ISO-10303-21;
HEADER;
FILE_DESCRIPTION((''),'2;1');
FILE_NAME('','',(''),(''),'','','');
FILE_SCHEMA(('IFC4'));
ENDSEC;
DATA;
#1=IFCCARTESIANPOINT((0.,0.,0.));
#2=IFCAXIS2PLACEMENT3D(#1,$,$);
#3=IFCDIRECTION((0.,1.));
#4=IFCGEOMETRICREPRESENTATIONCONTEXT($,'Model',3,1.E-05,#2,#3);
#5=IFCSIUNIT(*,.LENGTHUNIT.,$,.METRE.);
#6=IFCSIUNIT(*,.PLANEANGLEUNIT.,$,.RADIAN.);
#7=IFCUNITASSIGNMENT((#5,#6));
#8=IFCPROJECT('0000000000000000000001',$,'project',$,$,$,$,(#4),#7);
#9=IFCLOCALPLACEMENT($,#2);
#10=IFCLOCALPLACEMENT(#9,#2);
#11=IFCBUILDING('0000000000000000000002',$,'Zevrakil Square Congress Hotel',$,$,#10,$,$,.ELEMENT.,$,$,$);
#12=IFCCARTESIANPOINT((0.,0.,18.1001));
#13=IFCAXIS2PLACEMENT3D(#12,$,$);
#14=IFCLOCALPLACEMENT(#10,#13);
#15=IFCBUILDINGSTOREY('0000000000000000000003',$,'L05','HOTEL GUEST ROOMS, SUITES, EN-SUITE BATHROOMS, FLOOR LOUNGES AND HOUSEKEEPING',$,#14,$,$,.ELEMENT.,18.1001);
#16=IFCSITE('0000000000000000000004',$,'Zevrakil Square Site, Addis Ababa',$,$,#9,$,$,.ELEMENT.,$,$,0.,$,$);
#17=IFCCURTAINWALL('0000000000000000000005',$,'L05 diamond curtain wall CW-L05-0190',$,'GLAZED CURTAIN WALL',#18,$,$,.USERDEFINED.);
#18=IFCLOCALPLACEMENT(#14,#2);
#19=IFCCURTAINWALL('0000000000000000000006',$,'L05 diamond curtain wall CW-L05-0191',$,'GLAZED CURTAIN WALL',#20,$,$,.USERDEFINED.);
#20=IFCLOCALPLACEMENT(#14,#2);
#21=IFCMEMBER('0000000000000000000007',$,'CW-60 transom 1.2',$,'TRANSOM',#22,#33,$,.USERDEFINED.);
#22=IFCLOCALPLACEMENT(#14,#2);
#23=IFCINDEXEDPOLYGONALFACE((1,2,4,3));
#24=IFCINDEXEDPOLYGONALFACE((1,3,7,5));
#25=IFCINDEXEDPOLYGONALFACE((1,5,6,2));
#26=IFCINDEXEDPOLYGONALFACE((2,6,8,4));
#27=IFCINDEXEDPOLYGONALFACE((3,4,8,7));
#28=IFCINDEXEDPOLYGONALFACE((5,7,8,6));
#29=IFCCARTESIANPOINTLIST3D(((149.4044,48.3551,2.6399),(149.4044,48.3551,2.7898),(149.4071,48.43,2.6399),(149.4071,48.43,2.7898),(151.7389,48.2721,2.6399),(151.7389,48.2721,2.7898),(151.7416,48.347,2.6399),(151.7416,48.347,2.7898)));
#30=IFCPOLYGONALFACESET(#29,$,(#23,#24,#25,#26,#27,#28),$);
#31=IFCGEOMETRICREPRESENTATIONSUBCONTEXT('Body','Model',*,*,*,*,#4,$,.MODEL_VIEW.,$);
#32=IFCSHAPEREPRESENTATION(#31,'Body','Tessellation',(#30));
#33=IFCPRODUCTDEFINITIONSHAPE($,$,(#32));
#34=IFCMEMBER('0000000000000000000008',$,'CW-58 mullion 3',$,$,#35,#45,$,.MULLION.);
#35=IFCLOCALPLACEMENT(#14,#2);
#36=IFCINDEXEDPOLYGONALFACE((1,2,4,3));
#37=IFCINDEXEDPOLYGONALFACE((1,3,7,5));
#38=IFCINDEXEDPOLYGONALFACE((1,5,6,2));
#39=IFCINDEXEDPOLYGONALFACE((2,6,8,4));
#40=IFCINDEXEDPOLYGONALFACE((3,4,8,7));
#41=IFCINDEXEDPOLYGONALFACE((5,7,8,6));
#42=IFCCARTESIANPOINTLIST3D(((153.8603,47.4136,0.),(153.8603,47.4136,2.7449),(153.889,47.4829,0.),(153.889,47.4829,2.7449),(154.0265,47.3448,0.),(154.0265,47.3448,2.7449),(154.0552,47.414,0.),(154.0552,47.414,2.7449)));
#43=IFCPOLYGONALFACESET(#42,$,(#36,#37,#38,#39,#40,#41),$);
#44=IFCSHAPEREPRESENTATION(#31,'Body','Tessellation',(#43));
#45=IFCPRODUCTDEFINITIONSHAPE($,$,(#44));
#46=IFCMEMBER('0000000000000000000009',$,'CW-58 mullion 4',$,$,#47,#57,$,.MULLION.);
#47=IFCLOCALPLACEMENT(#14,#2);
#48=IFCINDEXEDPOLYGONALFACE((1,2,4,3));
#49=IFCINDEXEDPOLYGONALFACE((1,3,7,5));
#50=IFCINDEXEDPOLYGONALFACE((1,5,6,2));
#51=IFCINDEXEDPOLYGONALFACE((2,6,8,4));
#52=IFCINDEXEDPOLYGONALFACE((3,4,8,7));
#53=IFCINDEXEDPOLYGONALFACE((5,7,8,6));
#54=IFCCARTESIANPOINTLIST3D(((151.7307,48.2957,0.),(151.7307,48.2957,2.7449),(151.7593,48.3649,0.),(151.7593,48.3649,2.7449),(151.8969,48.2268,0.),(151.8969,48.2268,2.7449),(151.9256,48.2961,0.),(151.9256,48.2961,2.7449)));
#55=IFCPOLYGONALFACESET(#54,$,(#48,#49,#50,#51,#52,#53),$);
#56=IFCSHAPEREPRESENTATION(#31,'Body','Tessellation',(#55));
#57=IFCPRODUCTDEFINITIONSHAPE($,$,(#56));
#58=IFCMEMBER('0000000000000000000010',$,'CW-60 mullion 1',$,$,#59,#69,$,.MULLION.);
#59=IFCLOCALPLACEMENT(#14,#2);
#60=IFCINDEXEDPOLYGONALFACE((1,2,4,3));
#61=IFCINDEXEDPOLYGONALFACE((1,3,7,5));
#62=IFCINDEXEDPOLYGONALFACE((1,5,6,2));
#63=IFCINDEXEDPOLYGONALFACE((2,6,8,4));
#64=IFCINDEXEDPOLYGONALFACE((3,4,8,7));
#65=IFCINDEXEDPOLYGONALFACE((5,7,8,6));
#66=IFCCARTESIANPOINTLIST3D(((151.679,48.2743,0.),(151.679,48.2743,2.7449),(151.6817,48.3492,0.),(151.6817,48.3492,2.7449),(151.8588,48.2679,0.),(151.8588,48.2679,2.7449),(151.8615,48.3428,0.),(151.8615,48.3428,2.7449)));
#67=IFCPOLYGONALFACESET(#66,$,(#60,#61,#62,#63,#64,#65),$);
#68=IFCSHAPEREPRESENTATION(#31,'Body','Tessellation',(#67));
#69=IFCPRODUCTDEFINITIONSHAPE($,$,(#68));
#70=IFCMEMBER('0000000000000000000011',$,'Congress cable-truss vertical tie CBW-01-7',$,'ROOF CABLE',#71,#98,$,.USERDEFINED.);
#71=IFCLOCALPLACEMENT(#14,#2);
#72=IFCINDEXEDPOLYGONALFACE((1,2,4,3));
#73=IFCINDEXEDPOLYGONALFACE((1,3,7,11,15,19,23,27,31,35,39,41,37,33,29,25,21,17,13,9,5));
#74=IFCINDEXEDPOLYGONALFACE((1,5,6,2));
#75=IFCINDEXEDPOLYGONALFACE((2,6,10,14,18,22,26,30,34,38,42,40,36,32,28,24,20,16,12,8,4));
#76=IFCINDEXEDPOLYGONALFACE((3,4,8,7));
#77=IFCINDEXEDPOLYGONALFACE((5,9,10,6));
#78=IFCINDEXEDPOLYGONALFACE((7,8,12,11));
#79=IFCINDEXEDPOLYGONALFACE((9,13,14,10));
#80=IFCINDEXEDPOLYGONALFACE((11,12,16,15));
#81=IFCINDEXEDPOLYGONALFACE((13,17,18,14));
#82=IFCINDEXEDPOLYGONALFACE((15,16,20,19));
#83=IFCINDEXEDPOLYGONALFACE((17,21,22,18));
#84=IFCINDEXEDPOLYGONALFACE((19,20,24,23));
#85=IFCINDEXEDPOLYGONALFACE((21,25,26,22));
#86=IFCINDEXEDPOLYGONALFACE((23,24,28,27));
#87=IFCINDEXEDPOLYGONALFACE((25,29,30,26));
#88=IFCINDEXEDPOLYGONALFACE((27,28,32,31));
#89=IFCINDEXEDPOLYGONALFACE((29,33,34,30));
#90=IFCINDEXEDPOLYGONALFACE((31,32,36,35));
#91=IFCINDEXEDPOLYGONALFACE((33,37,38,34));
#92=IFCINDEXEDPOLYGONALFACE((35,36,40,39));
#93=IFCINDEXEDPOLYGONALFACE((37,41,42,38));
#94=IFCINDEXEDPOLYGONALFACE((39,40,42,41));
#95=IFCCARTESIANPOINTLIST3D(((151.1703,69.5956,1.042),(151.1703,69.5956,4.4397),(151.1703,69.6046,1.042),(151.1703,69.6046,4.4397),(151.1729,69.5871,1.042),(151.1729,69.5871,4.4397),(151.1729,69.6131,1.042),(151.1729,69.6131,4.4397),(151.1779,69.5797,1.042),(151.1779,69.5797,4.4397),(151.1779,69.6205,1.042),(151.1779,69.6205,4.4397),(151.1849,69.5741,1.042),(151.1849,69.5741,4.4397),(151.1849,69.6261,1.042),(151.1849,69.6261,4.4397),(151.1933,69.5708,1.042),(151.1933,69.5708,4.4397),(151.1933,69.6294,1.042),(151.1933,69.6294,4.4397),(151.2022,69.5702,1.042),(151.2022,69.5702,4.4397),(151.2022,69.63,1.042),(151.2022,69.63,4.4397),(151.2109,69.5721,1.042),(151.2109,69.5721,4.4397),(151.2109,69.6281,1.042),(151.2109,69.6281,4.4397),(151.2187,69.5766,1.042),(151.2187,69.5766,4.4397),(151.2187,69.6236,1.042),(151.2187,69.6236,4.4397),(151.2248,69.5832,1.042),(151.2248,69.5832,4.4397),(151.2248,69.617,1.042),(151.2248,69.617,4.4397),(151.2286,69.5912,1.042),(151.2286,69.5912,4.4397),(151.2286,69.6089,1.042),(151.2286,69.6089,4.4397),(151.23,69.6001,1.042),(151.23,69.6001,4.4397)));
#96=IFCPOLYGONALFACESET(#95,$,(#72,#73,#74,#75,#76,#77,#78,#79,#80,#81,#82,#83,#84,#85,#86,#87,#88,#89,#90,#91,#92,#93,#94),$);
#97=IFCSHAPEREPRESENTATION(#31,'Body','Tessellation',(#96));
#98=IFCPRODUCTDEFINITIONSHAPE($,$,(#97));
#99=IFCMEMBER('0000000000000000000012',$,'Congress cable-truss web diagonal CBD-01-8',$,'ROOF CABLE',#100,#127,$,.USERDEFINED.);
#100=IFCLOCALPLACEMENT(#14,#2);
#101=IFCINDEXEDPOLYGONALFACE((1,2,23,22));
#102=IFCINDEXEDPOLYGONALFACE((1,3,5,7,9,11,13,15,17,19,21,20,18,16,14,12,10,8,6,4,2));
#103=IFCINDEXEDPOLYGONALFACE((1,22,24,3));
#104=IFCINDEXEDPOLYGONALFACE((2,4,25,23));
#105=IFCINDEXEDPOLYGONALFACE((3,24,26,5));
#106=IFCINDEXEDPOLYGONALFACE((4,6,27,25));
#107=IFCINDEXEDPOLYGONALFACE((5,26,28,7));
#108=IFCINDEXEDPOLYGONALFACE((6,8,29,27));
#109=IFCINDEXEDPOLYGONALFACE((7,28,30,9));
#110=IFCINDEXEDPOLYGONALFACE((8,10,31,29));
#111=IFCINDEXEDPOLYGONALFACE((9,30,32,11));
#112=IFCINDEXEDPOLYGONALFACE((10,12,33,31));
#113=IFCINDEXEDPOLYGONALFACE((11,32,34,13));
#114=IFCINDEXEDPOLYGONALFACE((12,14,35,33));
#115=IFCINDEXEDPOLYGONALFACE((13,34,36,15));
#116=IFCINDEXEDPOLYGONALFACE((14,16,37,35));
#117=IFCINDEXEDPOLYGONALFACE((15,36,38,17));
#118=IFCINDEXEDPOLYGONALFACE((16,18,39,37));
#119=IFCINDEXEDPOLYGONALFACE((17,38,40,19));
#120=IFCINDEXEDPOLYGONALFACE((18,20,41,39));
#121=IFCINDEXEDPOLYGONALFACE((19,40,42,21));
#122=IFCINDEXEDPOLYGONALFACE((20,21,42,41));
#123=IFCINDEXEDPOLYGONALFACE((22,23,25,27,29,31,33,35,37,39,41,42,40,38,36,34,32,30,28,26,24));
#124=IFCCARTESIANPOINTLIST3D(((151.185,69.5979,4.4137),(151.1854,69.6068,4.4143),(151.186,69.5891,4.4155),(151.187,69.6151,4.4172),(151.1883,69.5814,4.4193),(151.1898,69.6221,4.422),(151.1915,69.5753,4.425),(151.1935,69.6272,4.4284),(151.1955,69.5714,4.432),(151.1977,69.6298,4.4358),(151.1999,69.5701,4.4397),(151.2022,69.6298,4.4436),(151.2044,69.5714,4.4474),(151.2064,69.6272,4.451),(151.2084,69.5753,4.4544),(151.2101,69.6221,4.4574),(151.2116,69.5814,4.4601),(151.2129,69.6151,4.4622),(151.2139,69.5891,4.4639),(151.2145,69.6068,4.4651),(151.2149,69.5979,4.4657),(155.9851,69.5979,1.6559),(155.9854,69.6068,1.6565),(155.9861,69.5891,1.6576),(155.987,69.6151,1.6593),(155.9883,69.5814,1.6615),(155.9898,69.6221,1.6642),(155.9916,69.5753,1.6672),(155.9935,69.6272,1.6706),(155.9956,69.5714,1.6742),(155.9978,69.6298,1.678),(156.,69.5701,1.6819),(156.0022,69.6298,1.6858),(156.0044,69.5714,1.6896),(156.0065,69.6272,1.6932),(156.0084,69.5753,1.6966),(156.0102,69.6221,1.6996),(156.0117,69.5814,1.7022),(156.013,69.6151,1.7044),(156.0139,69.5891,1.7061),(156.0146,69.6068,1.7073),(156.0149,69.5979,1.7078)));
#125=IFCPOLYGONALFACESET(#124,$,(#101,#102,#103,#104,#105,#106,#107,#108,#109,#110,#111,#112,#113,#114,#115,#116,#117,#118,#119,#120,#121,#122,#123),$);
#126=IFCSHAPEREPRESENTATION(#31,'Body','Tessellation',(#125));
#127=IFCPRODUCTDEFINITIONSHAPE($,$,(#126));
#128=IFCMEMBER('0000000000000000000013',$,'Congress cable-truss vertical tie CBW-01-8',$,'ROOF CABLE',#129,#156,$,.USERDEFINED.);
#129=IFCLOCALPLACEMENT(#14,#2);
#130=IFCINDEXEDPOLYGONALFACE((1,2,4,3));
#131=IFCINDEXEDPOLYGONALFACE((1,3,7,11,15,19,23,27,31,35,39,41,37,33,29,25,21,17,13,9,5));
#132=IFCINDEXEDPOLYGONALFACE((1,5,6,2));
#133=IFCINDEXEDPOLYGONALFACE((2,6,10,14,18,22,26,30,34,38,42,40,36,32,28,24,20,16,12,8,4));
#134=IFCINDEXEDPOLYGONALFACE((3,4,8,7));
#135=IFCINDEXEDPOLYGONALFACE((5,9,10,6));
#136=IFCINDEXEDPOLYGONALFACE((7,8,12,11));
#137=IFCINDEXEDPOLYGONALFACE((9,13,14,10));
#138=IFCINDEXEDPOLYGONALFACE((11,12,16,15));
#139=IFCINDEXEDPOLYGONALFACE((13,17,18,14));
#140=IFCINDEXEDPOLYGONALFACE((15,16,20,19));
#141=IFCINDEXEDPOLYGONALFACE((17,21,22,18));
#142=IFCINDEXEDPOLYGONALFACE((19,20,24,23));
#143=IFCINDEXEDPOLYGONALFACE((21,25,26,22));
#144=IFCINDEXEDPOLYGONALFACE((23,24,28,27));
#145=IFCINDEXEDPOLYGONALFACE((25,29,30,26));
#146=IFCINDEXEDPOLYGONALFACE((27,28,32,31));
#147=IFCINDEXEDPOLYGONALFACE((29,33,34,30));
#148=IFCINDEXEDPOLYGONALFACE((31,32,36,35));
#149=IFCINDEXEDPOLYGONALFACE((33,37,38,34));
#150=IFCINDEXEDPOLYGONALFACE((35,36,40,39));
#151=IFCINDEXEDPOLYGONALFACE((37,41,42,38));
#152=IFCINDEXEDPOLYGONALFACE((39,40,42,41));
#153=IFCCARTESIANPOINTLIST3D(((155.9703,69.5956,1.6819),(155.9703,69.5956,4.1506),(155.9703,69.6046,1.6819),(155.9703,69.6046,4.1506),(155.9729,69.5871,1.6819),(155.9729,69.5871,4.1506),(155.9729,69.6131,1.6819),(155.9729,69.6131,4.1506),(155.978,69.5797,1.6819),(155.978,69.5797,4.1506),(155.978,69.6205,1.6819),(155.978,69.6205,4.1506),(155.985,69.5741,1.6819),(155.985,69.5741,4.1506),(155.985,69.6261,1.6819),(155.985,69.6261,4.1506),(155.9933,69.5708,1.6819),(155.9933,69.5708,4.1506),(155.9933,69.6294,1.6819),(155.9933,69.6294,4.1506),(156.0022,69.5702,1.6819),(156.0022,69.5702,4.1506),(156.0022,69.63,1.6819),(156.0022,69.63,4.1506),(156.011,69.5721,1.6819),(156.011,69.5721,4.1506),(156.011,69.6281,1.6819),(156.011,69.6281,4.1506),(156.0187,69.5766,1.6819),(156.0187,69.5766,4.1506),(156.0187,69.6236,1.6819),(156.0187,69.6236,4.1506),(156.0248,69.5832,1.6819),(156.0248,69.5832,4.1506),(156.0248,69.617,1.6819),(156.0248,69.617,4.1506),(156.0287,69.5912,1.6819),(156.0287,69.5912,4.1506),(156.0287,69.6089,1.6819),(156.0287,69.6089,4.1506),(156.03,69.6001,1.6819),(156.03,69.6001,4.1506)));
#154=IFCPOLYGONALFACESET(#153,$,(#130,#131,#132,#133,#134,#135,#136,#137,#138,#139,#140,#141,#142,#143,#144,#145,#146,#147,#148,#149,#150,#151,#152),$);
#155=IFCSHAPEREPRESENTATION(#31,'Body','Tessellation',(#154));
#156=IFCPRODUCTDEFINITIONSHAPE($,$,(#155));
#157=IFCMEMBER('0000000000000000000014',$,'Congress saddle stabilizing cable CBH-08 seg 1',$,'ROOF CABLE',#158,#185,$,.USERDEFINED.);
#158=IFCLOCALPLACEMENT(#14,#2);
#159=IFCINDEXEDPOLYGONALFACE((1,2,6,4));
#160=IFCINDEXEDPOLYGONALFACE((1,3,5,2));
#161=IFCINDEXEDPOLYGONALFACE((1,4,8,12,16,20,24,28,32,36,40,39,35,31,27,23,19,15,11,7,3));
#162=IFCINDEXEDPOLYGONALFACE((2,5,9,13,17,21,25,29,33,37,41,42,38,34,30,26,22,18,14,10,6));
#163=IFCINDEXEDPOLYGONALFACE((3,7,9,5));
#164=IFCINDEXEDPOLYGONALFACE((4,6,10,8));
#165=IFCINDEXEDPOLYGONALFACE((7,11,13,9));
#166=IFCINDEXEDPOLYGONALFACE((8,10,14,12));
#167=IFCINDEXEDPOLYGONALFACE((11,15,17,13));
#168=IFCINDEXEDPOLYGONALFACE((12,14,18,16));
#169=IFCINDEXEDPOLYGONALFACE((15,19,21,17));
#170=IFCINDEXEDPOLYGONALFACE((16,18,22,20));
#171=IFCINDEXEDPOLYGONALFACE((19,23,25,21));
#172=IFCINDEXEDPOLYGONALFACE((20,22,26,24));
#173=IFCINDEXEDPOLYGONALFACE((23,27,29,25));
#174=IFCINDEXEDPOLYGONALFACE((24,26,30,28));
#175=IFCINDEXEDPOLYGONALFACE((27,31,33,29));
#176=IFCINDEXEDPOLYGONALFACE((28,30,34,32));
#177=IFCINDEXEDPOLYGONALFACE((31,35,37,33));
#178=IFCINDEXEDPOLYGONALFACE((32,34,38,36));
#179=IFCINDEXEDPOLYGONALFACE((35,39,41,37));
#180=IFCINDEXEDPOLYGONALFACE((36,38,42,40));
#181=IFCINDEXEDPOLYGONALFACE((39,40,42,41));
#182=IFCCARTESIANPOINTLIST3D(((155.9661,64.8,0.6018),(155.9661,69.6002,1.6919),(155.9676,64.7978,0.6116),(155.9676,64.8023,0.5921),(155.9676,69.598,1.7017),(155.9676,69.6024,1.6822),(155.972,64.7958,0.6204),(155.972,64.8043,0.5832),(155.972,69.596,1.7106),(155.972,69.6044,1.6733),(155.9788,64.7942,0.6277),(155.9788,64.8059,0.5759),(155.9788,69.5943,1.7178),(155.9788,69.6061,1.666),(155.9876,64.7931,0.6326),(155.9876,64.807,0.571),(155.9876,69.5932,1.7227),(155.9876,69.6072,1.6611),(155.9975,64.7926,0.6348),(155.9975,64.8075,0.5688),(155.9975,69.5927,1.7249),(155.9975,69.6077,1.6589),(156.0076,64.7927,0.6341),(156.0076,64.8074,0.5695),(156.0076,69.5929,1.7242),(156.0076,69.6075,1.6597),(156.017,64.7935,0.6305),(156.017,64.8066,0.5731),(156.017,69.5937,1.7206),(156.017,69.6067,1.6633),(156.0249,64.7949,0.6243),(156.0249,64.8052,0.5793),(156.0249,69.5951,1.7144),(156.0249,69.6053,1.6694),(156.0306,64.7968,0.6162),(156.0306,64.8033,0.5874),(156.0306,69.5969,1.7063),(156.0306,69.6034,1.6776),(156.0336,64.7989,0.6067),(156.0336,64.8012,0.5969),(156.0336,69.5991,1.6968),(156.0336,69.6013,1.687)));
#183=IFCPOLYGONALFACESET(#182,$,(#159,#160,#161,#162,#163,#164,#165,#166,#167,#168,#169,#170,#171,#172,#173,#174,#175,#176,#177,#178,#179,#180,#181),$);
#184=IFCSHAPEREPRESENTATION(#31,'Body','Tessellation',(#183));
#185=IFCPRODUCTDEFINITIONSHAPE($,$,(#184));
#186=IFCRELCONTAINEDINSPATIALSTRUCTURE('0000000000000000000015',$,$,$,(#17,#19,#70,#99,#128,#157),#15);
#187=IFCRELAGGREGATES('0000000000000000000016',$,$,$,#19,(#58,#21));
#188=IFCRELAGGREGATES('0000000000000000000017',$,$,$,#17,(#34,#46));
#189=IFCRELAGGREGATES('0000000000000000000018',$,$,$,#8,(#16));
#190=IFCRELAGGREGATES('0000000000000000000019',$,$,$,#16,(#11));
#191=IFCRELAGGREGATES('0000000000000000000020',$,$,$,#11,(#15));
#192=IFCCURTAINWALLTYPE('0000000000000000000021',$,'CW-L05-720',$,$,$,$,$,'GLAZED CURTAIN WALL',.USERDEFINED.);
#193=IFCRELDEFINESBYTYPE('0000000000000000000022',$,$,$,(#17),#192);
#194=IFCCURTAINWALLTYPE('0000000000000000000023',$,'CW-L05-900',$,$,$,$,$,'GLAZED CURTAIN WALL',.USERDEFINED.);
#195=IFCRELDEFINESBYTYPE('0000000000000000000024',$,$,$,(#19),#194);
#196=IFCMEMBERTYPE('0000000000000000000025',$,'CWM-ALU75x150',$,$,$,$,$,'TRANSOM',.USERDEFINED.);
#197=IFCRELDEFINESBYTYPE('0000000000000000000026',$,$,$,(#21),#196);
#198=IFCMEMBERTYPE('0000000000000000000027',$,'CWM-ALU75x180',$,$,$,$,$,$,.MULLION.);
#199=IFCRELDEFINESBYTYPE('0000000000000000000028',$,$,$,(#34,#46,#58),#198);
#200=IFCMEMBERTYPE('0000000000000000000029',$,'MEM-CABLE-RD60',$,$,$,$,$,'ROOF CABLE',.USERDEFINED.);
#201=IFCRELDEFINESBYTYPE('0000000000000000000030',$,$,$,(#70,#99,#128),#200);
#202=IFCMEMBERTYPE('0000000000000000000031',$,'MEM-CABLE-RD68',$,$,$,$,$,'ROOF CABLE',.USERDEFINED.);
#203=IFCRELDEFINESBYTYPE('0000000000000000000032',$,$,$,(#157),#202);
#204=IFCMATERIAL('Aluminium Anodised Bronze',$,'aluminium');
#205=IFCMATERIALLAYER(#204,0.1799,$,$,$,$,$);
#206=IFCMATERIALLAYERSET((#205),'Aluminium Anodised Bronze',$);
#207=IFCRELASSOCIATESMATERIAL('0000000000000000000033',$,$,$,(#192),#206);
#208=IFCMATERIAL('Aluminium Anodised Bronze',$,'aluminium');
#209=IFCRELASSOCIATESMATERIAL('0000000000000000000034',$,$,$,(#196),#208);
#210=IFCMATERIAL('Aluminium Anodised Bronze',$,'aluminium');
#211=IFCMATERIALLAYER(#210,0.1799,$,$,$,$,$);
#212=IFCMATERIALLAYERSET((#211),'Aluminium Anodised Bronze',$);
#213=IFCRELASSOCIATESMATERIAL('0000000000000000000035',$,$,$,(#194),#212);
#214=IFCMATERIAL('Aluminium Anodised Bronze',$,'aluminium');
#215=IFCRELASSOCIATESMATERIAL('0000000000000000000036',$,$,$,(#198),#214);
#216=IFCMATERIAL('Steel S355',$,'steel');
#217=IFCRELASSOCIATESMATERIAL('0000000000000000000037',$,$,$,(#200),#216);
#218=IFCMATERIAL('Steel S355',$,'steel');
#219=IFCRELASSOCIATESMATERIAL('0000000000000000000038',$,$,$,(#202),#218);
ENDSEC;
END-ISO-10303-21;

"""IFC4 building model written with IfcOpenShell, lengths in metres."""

from ifc_helpers import new_model, si_unit, direction, frame, origin, origin_2d, place, context, subcontext, project, spatial, rectangle, circle, extrude, material, layer, layer_set, material_profile, profile_set, type_object, element, aggregate, save


model = new_model("IFC4")

# Units and contexts
model_context = context("Model", 3, precision=1e-05, world=origin(), true_north=direction((0.0, 1.0)))
body_context = subcontext(model_context, "Body", "Model", "MODEL_VIEW")
ifc_project = project(units=[si_unit("LENGTHUNIT", "METRE"), si_unit("PLANEANGLEUNIT", "RADIAN")], contexts=[model_context])

# Site, building, storey
site_placement = place(None, origin())
site = spatial("IfcSite", under=ifc_project, at=site_placement, Name="Zevrakil Square Site, Addis Ababa", CompositionType="ELEMENT", RefElevation=0.0)
building_placement = place(site_placement, origin())
building = spatial("IfcBuilding", under=site, at=building_placement, Name="Zevrakil Square Congress Hotel", CompositionType="ELEMENT")
storey_placement = place(building_placement, frame((0.0, 0.0, 18.1001)))
storey = spatial("IfcBuildingStorey", under=building, at=storey_placement, Name="L05", Description="HOTEL GUEST ROOMS, SUITES, EN-SUITE BATHROOMS, FLOOR LOUNGES AND HOUSEKEEPING", CompositionType="ELEMENT", Elevation=18.1001)

# Curtain walls, member
ifc_material_1 = material(Name="Aluminium Anodised Bronze", Category="aluminium")
ifc_layer_1 = layer(ifc_material_1, 0.1799)
ifc_layer_set_1 = layer_set([ifc_layer_1], Name="Aluminium Anodised Bronze")
curtain_wall_type_1 = type_object("IfcCurtainWallType", Name="CW-L05-720", ElementType="GLAZED CURTAIN WALL", PredefinedType="USERDEFINED", material=ifc_layer_set_1)
curtain_wall_1_placement = place(storey_placement, origin())
curtain_wall_1 = element("IfcCurtainWall", 1, at=curtain_wall_1_placement, inside=storey, type_object=curtain_wall_type_1, Name="L05 diamond curtain wall CW-L05-0190", ObjectType="GLAZED CURTAIN WALL", PredefinedType="USERDEFINED")
ifc_material_2 = material(Name="Aluminium Anodised Bronze", Category="aluminium")
ifc_material_profile_1 = material_profile(ifc_material_2, rectangle(XDim=0.075, YDim=0.1499, at=origin_2d()), Name="ALU 75x150")
ifc_profile_set_1 = profile_set([ifc_material_profile_1], Name="Aluminium Anodised Bronze")
member_type_1 = type_object("IfcMemberType", Name="CWM-ALU75x150", ElementType="TRANSOM", PredefinedType="USERDEFINED", material=ifc_profile_set_1)
ifc_material_3 = material(Name="Aluminium Anodised Bronze", Category="aluminium")
ifc_layer_2 = layer(ifc_material_3, 0.1799)
ifc_layer_set_2 = layer_set([ifc_layer_2], Name="Aluminium Anodised Bronze")
curtain_wall_type_2 = type_object("IfcCurtainWallType", Name="CW-L05-900", ElementType="GLAZED CURTAIN WALL", PredefinedType="USERDEFINED", material=ifc_layer_set_2)
curtain_wall_2_placement = place(storey_placement, origin())
curtain_wall_2 = element("IfcCurtainWall", 2, at=curtain_wall_2_placement, inside=storey, type_object=curtain_wall_type_2, Name="L05 diamond curtain wall CW-L05-0191", ObjectType="GLAZED CURTAIN WALL", PredefinedType="USERDEFINED")
member_1_placement = place(storey_placement, frame((151.7402, 48.3096, 2.7148), z_axis=(-0.999368, 0.035535, 0.0), x_axis=(-0.035535, -0.999368, 0.0)))
member_1 = element("IfcMember", 3, at=member_1_placement, type_object=member_type_1, Name="CW-60 transom 1.2", ObjectType="TRANSOM", PredefinedType="USERDEFINED", context=body_context, shape_type="SweptSolid", body=[
    extrude(rectangle(XDim=0.075, YDim=0.1499, at=origin_2d()), origin(), (0.0, 0.0, 1.0), 2.3359),
])

# Members
ifc_material_4 = material(Name="Aluminium Anodised Bronze", Category="aluminium")
ifc_material_profile_2 = material_profile(ifc_material_4, rectangle(XDim=0.075, YDim=0.1799, at=origin_2d()), Name="ALU 75x180")
ifc_profile_set_2 = profile_set([ifc_material_profile_2], Name="Aluminium Anodised Bronze")
member_type_2 = type_object("IfcMemberType", Name="CWM-ALU75x180", PredefinedType="MULLION", material=ifc_profile_set_2)
member_2_placement = place(storey_placement, frame((153.9578, 47.4138, 0.0), z_axis=(0.0, 0.0, 1.0), x_axis=(-0.382684, -0.923879, 0.0)))
member_2 = element("IfcMember", 4, at=member_2_placement, type_object=member_type_2, Name="CW-58 mullion 3", PredefinedType="MULLION", context=body_context, shape_type="SweptSolid", body=[
    extrude(rectangle(XDim=0.075, YDim=0.1799, at=origin_2d()), origin(), (0.0, 0.0, 1.0), 2.7449),
])
member_3_placement = place(storey_placement, frame((151.8281, 48.2959, 0.0), z_axis=(0.0, 0.0, 1.0), x_axis=(-0.382684, -0.923879, 0.0)))
member_3 = element("IfcMember", 5, at=member_3_placement, type_object=member_type_2, Name="CW-58 mullion 4", PredefinedType="MULLION", context=body_context, shape_type="SweptSolid", body=[
    extrude(rectangle(XDim=0.075, YDim=0.1799, at=origin_2d()), origin(), (0.0, 0.0, 1.0), 2.7449),
])
member_4_placement = place(storey_placement, frame((151.7703, 48.3086, 0.0), z_axis=(0.0, 0.0, 1.0), x_axis=(-0.035553, -0.999368, 0.0)))
member_4 = element("IfcMember", 6, at=member_4_placement, type_object=member_type_2, Name="CW-60 mullion 1", PredefinedType="MULLION", context=body_context, shape_type="SweptSolid", body=[
    extrude(rectangle(XDim=0.075, YDim=0.1799, at=origin_2d()), origin(), (0.0, 0.0, 1.0), 2.7449),
])
aggregate(curtain_wall_2, [member_4, member_1])

# Members
ifc_material_5 = material(Name="Steel S355", Category="steel")
ifc_material_profile_3 = material_profile(ifc_material_5, circle(Radius=0.03, at=origin_2d()), Name="CABLE RD60")
ifc_profile_set_3 = profile_set([ifc_material_profile_3], Name="Steel S355")
member_type_3 = type_object("IfcMemberType", Name="MEM-CABLE-RD60", ElementType="ROOF CABLE", PredefinedType="USERDEFINED", material=ifc_profile_set_3)
member_5_placement = place(storey_placement, frame((151.2, 69.6001, 1.042), z_axis=(0.0, 0.0, 1.0), x_axis=(1.0, 0.0, 0.0)))
element("IfcMember", 7, at=member_5_placement, inside=storey, type_object=member_type_3, Name="Congress cable-truss vertical tie CBW-01-7", ObjectType="ROOF CABLE", PredefinedType="USERDEFINED", context=body_context, shape_type="SweptSolid", body=[
    extrude(circle(Radius=0.03, at=origin_2d()), origin(), (0.0, 0.0, 1.0), 3.3977),
])
member_6_placement = place(storey_placement, frame((156.0, 69.6001, 1.6819), z_axis=(-0.867079, 0.0, 0.49817), x_axis=(0.0, -1.0, 0.0)))
element("IfcMember", 8, at=member_6_placement, inside=storey, type_object=member_type_3, Name="Congress cable-truss web diagonal CBD-01-8", ObjectType="ROOF CABLE", PredefinedType="USERDEFINED", context=body_context, shape_type="SweptSolid", body=[
    extrude(circle(Radius=0.03, at=origin_2d()), origin(), (0.0, 0.0, 1.0), 5.5359),
])
member_7_placement = place(storey_placement, frame((156.0, 69.6001, 1.6819), z_axis=(0.0, 0.0, 1.0), x_axis=(1.0, 0.0, 0.0)))
element("IfcMember", 9, at=member_7_placement, inside=storey, type_object=member_type_3, Name="Congress cable-truss vertical tie CBW-01-8", ObjectType="ROOF CABLE", PredefinedType="USERDEFINED", context=body_context, shape_type="SweptSolid", body=[
    extrude(circle(Radius=0.03, at=origin_2d()), origin(), (0.0, 0.0, 1.0), 2.4688),
])
ifc_material_6 = material(Name="Steel S355", Category="steel")
ifc_material_profile_4 = material_profile(ifc_material_6, circle(Radius=0.0339, at=origin_2d()), Name="CABLE RD68")
ifc_profile_set_4 = profile_set([ifc_material_profile_4], Name="Steel S355")
member_type_4 = type_object("IfcMemberType", Name="MEM-CABLE-RD68", ElementType="ROOF CABLE", PredefinedType="USERDEFINED", material=ifc_profile_set_4)
member_8_placement = place(storey_placement, frame((156.0, 64.8, 0.6018), z_axis=(0.0, 0.975169, 0.22146), x_axis=(-1.0, 0.0, 0.0)))
element("IfcMember", 10, at=member_8_placement, inside=storey, type_object=member_type_4, Name="Congress saddle stabilizing cable CBH-08 seg 1", ObjectType="ROOF CABLE", PredefinedType="USERDEFINED", context=body_context, shape_type="SweptSolid", body=[
    extrude(circle(Radius=0.0339, at=origin_2d()), origin(), (0.0, 0.0, 1.0), 4.9224),
])

aggregate(curtain_wall_1, [member_2, member_3])

save(model, "model.ifc")
